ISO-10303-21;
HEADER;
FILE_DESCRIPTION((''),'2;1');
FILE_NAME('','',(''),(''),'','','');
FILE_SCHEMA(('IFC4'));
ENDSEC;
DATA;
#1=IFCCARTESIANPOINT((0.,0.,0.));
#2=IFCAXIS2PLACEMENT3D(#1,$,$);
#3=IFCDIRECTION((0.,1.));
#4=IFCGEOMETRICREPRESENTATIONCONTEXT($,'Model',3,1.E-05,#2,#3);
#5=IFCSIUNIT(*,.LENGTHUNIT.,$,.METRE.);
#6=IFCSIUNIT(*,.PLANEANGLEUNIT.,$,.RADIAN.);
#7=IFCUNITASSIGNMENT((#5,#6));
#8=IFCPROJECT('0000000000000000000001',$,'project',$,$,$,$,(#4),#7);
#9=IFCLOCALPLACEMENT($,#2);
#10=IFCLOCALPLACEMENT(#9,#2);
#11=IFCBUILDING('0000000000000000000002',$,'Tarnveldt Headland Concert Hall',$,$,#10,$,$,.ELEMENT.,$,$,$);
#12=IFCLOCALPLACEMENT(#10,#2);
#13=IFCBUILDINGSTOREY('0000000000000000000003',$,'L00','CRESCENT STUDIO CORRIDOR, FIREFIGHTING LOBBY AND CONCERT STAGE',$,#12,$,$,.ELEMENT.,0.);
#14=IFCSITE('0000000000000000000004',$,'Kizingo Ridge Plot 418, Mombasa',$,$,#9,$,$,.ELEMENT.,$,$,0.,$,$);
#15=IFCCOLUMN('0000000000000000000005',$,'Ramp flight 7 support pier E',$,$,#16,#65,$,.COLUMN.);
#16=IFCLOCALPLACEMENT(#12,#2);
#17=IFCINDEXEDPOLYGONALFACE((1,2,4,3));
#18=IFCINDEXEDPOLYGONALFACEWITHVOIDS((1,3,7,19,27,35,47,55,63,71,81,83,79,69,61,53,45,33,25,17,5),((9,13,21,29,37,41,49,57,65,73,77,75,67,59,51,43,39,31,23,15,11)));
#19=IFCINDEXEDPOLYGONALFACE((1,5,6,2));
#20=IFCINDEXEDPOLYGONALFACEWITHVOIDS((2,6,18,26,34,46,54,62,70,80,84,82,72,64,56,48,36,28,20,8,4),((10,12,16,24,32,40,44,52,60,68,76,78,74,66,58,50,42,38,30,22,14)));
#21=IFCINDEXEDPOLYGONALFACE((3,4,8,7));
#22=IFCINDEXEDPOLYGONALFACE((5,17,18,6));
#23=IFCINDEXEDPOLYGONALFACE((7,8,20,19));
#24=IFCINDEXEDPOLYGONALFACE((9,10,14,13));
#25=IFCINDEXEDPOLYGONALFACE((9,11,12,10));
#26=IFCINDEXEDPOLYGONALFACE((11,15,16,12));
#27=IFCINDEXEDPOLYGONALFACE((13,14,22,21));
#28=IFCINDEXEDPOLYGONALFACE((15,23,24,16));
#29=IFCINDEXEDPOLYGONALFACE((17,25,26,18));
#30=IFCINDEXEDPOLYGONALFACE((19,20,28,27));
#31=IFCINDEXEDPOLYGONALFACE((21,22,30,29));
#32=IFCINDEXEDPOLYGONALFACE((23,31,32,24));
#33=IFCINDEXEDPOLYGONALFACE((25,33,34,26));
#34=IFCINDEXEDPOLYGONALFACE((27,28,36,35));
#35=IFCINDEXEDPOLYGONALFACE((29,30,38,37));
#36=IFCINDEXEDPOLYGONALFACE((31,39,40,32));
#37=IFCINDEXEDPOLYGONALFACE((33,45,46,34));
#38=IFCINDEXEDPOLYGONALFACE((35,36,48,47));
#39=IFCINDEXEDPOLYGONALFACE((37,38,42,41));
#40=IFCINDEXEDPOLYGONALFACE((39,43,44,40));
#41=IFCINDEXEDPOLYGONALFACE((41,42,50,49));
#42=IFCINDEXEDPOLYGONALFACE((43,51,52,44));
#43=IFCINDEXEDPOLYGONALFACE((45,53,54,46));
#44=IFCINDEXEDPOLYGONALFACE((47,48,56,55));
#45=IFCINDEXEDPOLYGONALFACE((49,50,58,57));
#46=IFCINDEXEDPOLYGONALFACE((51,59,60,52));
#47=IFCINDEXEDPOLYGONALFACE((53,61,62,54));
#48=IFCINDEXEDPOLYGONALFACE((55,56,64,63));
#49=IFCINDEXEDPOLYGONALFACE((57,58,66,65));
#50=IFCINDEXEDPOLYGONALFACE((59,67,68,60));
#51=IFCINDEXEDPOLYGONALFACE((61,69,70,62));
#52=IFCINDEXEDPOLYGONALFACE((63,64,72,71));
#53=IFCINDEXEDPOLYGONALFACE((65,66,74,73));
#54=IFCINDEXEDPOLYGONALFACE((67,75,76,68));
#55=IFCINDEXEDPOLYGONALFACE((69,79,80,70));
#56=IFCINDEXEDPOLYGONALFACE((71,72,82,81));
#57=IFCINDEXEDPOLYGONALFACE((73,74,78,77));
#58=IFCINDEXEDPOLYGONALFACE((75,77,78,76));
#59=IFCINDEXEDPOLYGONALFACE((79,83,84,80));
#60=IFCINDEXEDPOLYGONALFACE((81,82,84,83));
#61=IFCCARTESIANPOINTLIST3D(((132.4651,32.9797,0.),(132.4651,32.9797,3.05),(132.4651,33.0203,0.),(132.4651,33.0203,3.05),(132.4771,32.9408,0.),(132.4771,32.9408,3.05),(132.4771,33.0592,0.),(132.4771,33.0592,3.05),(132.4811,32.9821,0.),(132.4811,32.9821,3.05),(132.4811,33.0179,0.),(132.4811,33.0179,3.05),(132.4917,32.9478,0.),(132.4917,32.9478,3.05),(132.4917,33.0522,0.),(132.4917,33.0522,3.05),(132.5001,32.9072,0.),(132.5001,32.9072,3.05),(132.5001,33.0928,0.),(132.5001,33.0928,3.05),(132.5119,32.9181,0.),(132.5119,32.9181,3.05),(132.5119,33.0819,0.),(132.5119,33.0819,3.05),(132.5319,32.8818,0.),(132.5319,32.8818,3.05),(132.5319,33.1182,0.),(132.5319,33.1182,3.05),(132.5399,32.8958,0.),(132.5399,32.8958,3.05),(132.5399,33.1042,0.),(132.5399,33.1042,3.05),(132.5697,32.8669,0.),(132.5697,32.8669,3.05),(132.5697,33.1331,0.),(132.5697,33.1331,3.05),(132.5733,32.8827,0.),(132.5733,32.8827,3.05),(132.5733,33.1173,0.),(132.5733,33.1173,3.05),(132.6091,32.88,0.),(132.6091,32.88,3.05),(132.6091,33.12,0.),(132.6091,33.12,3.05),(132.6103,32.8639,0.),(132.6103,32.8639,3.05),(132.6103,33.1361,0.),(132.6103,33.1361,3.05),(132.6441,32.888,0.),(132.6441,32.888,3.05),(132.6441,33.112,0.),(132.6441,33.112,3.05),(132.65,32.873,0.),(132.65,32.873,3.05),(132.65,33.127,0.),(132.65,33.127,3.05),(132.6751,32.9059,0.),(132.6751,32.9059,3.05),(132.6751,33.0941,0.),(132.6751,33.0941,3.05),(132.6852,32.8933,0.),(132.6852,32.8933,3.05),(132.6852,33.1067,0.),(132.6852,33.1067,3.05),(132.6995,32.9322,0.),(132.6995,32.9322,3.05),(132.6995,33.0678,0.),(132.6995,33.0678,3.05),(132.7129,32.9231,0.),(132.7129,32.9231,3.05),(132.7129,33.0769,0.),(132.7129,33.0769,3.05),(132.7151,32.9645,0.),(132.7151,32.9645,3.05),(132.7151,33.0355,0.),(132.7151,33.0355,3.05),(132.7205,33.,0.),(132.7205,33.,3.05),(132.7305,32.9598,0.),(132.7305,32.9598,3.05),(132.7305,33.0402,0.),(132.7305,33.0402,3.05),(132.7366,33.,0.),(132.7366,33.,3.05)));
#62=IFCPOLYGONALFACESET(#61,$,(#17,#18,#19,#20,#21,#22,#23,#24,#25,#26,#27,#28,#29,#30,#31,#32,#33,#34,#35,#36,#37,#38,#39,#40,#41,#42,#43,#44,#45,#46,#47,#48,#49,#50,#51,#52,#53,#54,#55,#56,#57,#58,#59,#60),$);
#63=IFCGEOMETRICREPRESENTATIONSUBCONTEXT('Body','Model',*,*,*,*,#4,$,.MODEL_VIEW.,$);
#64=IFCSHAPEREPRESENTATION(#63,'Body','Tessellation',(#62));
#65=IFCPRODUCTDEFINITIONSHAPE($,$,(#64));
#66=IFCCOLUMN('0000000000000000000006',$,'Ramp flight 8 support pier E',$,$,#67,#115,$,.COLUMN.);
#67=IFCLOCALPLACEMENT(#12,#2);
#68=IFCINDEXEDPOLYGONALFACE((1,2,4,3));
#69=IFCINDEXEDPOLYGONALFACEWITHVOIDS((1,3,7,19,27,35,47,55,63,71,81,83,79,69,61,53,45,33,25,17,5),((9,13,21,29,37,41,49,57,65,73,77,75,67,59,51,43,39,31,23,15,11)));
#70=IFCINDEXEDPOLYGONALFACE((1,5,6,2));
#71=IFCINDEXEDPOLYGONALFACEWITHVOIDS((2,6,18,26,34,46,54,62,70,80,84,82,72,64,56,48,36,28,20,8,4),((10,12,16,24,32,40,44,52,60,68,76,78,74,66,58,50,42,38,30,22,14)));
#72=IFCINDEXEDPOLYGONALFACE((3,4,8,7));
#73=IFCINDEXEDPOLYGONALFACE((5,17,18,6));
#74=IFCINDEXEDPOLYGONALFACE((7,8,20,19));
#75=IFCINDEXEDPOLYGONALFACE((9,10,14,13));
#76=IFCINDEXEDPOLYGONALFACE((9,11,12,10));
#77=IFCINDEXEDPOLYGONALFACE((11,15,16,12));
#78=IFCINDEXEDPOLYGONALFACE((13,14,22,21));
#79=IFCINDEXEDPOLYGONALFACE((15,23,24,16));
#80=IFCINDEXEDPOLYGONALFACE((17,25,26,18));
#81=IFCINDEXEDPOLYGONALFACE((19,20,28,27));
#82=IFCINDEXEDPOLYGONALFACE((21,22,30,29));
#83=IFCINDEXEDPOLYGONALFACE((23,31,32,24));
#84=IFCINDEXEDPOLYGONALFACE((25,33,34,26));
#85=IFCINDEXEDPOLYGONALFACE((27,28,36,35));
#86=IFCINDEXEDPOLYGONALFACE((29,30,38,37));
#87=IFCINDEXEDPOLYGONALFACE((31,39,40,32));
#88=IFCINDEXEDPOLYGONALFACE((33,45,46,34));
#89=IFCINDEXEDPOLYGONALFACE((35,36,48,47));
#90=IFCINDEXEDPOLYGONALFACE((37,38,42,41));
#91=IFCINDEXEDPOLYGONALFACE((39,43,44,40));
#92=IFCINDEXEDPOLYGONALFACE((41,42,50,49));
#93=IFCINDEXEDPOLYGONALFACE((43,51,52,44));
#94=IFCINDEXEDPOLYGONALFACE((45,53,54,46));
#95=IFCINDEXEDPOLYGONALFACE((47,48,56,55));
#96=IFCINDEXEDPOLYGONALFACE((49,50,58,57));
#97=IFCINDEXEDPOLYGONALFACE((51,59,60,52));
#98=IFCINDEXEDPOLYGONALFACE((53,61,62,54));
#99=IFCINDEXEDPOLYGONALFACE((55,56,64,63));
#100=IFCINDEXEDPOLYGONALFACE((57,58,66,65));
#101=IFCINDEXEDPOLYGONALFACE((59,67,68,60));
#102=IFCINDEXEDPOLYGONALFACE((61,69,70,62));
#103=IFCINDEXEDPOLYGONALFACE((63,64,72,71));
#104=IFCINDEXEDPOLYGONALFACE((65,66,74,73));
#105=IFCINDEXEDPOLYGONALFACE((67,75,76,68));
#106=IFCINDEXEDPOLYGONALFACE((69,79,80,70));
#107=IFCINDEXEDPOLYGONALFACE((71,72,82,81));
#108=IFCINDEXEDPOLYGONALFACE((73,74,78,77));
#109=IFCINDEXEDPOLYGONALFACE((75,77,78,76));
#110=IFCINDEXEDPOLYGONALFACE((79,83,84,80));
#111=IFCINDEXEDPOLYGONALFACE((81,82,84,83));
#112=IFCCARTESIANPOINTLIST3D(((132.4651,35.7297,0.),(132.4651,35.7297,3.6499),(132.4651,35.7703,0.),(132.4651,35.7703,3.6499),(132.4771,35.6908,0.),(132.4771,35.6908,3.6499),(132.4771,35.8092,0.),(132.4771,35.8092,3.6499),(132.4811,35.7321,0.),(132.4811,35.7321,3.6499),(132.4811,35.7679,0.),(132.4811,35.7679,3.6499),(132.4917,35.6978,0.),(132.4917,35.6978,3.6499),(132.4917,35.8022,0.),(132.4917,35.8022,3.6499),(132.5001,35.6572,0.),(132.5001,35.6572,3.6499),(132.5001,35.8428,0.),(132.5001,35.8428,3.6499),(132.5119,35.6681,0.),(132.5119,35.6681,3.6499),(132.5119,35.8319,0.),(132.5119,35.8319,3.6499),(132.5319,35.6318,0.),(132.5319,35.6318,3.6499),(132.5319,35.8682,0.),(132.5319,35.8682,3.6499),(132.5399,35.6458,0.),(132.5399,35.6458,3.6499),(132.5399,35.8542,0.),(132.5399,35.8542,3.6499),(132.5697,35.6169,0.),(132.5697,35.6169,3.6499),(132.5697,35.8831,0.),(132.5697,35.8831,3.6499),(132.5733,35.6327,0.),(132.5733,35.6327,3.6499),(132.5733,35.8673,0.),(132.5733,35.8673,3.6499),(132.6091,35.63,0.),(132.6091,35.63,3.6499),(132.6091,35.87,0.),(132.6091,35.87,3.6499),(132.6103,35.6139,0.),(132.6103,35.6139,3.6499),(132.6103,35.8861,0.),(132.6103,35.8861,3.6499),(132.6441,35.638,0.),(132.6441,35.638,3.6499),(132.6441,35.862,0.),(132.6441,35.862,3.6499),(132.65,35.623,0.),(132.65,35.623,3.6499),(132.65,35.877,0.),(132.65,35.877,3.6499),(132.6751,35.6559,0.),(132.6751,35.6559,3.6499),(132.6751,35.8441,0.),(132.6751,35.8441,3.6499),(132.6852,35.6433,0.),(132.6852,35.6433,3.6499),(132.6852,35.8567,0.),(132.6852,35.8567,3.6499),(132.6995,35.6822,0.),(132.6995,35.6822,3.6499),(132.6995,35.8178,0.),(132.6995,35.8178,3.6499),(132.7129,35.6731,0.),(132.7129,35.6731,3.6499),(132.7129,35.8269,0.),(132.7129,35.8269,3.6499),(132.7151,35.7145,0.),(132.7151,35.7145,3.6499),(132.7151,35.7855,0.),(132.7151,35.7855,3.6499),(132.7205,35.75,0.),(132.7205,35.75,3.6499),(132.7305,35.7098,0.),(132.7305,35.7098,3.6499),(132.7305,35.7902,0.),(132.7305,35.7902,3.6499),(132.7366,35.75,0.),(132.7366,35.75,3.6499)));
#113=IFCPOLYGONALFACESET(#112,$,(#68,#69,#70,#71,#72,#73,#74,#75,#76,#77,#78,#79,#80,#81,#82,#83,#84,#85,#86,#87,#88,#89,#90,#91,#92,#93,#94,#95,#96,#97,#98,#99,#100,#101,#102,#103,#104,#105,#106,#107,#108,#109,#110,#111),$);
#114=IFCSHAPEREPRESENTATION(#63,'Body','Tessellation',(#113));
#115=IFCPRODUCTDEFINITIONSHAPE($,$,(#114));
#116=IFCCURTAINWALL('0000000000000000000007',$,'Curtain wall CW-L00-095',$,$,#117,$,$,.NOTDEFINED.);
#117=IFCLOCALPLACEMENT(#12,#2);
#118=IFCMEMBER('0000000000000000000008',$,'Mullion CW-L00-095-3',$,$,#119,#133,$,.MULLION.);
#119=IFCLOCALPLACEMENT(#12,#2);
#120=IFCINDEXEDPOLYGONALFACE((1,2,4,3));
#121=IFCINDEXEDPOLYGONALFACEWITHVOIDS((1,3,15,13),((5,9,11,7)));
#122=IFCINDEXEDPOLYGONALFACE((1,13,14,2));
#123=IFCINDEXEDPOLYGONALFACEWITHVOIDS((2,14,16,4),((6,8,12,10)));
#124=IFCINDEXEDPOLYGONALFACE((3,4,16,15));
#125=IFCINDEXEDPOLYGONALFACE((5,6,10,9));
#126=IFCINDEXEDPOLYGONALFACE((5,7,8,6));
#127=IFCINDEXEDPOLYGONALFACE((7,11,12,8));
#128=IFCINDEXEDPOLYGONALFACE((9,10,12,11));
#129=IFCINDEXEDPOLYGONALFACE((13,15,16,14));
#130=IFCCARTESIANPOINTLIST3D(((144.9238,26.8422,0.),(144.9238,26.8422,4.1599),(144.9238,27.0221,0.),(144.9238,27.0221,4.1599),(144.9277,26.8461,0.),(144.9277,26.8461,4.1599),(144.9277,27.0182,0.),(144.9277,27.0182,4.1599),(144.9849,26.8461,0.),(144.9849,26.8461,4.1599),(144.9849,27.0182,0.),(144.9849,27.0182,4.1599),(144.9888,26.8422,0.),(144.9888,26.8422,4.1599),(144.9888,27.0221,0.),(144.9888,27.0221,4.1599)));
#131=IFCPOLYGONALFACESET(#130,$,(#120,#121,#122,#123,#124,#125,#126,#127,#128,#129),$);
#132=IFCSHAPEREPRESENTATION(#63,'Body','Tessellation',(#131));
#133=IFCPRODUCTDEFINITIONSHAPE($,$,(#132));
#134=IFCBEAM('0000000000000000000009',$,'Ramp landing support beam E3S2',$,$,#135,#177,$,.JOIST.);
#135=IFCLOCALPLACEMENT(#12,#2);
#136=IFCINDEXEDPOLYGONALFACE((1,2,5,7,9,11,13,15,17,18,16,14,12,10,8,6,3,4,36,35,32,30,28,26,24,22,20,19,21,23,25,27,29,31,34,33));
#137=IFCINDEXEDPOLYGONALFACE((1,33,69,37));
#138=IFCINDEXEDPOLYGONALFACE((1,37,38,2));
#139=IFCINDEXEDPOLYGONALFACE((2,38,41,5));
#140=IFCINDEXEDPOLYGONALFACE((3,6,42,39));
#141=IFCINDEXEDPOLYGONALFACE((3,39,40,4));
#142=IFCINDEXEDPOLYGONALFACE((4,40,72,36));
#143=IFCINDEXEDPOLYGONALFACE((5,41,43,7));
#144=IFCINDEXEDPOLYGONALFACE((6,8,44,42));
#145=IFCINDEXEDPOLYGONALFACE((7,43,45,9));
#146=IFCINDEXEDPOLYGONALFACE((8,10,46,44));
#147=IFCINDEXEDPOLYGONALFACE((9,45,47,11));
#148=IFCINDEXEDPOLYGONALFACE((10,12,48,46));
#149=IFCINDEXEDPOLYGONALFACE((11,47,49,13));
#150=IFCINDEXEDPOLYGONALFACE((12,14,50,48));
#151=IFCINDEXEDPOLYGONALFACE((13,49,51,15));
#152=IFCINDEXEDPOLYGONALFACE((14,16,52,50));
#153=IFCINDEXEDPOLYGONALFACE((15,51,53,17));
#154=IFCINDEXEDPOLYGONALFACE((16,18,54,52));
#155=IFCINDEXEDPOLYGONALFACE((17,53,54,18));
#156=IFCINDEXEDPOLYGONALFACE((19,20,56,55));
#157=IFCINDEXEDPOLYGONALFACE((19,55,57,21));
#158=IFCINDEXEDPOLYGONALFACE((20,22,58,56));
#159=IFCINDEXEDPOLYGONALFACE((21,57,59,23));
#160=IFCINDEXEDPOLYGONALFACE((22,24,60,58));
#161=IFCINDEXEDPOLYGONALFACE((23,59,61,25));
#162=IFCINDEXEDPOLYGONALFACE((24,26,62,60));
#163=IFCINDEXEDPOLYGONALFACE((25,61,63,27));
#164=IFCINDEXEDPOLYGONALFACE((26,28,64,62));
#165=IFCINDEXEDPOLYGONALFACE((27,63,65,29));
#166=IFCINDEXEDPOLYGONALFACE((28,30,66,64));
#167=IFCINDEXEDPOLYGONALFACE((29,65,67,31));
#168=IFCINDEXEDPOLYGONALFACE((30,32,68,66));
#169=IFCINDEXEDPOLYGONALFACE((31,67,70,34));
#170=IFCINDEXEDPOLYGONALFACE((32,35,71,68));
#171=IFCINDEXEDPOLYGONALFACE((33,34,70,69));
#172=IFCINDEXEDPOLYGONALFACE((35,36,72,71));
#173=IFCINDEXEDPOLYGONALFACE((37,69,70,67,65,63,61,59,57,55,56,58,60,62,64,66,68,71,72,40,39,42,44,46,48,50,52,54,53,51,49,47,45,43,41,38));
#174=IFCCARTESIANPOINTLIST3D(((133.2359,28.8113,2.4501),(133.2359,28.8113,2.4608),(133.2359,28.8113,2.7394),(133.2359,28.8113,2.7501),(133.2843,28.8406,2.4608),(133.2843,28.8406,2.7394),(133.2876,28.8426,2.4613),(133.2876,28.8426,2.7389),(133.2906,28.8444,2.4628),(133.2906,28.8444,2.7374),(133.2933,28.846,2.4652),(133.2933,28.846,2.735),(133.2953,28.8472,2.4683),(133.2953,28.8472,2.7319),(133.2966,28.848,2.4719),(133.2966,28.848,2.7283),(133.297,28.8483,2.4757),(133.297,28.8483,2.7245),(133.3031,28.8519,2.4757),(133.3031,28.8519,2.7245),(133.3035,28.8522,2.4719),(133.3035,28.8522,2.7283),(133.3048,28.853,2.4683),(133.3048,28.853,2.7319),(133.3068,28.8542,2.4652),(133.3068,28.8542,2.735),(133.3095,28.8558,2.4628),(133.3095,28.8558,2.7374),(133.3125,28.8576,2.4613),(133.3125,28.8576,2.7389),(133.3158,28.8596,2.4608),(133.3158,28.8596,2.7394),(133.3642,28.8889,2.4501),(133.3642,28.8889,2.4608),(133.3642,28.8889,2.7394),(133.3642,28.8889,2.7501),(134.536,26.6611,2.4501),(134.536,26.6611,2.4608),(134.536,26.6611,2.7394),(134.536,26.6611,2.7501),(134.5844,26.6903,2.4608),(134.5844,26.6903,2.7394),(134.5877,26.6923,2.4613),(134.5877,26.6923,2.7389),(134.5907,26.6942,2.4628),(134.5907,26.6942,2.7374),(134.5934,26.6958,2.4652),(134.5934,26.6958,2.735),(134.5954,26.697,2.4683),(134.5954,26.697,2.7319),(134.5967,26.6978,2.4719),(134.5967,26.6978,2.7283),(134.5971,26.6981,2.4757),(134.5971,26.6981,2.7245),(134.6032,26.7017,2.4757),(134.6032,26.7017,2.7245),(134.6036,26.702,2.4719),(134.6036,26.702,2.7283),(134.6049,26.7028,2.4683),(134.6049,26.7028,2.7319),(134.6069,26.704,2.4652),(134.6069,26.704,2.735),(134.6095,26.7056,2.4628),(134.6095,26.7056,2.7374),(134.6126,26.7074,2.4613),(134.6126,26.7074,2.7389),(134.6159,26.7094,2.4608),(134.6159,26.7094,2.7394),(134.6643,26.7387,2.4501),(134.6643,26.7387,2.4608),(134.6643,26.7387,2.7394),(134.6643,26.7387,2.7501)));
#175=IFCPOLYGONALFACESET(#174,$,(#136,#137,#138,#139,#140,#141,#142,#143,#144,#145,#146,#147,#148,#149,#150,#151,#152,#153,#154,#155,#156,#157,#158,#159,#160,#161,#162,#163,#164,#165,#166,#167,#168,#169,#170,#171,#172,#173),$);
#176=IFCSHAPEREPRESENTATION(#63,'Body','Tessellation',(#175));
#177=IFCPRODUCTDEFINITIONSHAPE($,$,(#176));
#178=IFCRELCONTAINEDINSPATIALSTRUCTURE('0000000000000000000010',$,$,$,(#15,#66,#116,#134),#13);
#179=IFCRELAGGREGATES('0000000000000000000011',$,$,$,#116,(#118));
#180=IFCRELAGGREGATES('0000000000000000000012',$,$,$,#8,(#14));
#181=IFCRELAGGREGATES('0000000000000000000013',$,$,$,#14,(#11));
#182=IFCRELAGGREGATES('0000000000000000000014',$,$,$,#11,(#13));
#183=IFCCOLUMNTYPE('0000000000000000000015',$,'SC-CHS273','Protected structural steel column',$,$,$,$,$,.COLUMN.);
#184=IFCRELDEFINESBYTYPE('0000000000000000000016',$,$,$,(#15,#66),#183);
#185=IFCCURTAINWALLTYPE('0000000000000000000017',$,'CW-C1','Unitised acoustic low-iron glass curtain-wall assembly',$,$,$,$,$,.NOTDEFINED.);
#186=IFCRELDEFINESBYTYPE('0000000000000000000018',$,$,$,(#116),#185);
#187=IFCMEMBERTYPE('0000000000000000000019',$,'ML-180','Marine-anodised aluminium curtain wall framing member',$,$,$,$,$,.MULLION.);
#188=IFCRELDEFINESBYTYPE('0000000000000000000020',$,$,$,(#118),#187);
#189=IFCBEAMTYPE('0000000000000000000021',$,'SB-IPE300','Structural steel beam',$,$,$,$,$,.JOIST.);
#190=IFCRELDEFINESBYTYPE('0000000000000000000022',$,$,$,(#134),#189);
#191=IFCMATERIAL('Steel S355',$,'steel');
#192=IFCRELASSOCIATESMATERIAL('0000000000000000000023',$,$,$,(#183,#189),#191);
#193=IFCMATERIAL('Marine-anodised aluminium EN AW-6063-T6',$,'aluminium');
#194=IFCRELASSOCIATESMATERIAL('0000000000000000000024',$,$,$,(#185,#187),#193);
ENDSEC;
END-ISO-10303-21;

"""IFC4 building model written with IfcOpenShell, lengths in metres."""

from ifc_helpers import new_model, si_unit, direction, frame, origin, origin_2d, place, context, subcontext, project, spatial, hollow_rectangle, hollow_circle, i_section, extrude, material, material_profile, profile_set, type_object, element, aggregate, save


model = new_model("IFC4")

# Units and contexts
model_context = context("Model", 3, precision=1e-05, world=origin(), true_north=direction((0.0, 1.0)))
body_context = subcontext(model_context, "Body", "Model", "MODEL_VIEW")
ifc_project = project(units=[si_unit("LENGTHUNIT", "METRE"), si_unit("PLANEANGLEUNIT", "RADIAN")], contexts=[model_context])

# Site, building, storey
site_placement = place(None, origin())
site = spatial("IfcSite", under=ifc_project, at=site_placement, Name="Kizingo Ridge Plot 418, Mombasa", CompositionType="ELEMENT", RefElevation=0.0)
building_placement = place(site_placement, origin())
building = spatial("IfcBuilding", under=site, at=building_placement, Name="Tarnveldt Headland Concert Hall", CompositionType="ELEMENT")
storey_placement = place(building_placement, origin())
storey = spatial("IfcBuildingStorey", under=building, at=storey_placement, Name="L00", Description="CRESCENT STUDIO CORRIDOR, FIREFIGHTING LOBBY AND CONCERT STAGE", CompositionType="ELEMENT", Elevation=0.0)

# Columns
ifc_material_1 = material(Name="Steel S355", Category="steel")
ifc_material_profile_1 = material_profile(ifc_material_1, hollow_circle(Radius=0.1365, WallThickness=0.0161, at=origin_2d()), Name="CHS 273x16", Category="steel")
ifc_profile_set_1 = profile_set([ifc_material_profile_1], Name="Steel S355")
column_type_1 = type_object("IfcColumnType", Name="SC-CHS273", Description="Protected structural steel column", PredefinedType="COLUMN", material=ifc_profile_set_1)
column_1_placement = place(storey_placement, frame((132.6001, 33.0, 0.0), z_axis=(0.0, 0.0, 1.0), x_axis=(1.0, 0.0, 0.0)))
element("IfcColumn", 1, at=column_1_placement, inside=storey, type_object=column_type_1, Name="Ramp flight 7 support pier E", PredefinedType="COLUMN", context=body_context, shape_type="SweptSolid", body=[
    extrude(hollow_circle(Radius=0.1365, WallThickness=0.0161, at=origin_2d()), origin(), (0.0, 0.0, 1.0), 3.05),
])
column_2_placement = place(storey_placement, frame((132.6001, 35.75, 0.0), z_axis=(0.0, 0.0, 1.0), x_axis=(1.0, 0.0, 0.0)))
element("IfcColumn", 2, at=column_2_placement, inside=storey, type_object=column_type_1, Name="Ramp flight 8 support pier E", PredefinedType="COLUMN", context=body_context, shape_type="SweptSolid", body=[
    extrude(hollow_circle(Radius=0.1365, WallThickness=0.0161, at=origin_2d()), origin(), (0.0, 0.0, 1.0), 3.6499),
])

# Curtain wall, member
ifc_material_2 = material(Name="Marine-anodised aluminium EN AW-6063-T6", Category="aluminium")
curtain_wall_type = type_object("IfcCurtainWallType", Name="CW-C1", Description="Unitised acoustic low-iron glass curtain-wall assembly", PredefinedType="NOTDEFINED", material=ifc_material_2)
curtain_wall_placement = place(storey_placement, origin())
curtain_wall = element("IfcCurtainWall", 3, at=curtain_wall_placement, inside=storey, type_object=curtain_wall_type, Name="Curtain wall CW-L00-095", PredefinedType="NOTDEFINED")
ifc_material_profile_2 = material_profile(ifc_material_2, hollow_rectangle(XDim=0.0649, YDim=0.1799, WallThickness=0.0039, at=origin_2d()), Name="ALU MULLION 65x180x4", Category="aluminium")
ifc_profile_set_2 = profile_set([ifc_material_profile_2], Name="Marine-anodised aluminium EN AW-6063-T6")
member_type = type_object("IfcMemberType", Name="ML-180", Description="Marine-anodised aluminium curtain wall framing member", PredefinedType="MULLION", material=ifc_profile_set_2)
member_placement = place(storey_placement, frame((144.9563, 26.9321, 0.0), z_axis=(0.0, 0.0, 1.0), x_axis=(1.0, 0.0, 0.0)))
member = element("IfcMember", 4, at=member_placement, type_object=member_type, Name="Mullion CW-L00-095-3", PredefinedType="MULLION", context=body_context, shape_type="SweptSolid", body=[
    extrude(hollow_rectangle(XDim=0.0649, YDim=0.1799, WallThickness=0.0039, at=origin_2d()), origin(), (0.0, 0.0, 1.0), 4.1599),
])
aggregate(curtain_wall, [member])

# Beam
ifc_material_profile_3 = material_profile(ifc_material_1, i_section(OverallWidth=0.1499, OverallDepth=0.3, WebThickness=0.0071, FlangeThickness=0.0107, FilletRadius=0.0149, at=origin_2d()), Name="IPE300", Category="steel")
ifc_profile_set_3 = profile_set([ifc_material_profile_3], Name="Steel S355")
beam_type_1 = type_object("IfcBeamType", Name="SB-IPE300", Description="Structural steel beam", PredefinedType="JOIST", material=ifc_profile_set_3)
beam_1_placement = place(storey_placement, frame((133.3, 28.8501, 2.6001), z_axis=(0.517408, -0.855739, 0.0), x_axis=(0.855739, 0.517408, 0.0)))
element("IfcBeam", 5, at=beam_1_placement, inside=storey, type_object=beam_type_1, Name="Ramp landing support beam E3S2", PredefinedType="JOIST", context=body_context, shape_type="SweptSolid", body=[
    extrude(i_section(OverallWidth=0.1499, OverallDepth=0.3, WebThickness=0.0071, FlangeThickness=0.0107, FilletRadius=0.0149, at=origin_2d()), origin(), (0.0, 0.0, 1.0), 2.5127),
])

save(model, "model.ifc")
